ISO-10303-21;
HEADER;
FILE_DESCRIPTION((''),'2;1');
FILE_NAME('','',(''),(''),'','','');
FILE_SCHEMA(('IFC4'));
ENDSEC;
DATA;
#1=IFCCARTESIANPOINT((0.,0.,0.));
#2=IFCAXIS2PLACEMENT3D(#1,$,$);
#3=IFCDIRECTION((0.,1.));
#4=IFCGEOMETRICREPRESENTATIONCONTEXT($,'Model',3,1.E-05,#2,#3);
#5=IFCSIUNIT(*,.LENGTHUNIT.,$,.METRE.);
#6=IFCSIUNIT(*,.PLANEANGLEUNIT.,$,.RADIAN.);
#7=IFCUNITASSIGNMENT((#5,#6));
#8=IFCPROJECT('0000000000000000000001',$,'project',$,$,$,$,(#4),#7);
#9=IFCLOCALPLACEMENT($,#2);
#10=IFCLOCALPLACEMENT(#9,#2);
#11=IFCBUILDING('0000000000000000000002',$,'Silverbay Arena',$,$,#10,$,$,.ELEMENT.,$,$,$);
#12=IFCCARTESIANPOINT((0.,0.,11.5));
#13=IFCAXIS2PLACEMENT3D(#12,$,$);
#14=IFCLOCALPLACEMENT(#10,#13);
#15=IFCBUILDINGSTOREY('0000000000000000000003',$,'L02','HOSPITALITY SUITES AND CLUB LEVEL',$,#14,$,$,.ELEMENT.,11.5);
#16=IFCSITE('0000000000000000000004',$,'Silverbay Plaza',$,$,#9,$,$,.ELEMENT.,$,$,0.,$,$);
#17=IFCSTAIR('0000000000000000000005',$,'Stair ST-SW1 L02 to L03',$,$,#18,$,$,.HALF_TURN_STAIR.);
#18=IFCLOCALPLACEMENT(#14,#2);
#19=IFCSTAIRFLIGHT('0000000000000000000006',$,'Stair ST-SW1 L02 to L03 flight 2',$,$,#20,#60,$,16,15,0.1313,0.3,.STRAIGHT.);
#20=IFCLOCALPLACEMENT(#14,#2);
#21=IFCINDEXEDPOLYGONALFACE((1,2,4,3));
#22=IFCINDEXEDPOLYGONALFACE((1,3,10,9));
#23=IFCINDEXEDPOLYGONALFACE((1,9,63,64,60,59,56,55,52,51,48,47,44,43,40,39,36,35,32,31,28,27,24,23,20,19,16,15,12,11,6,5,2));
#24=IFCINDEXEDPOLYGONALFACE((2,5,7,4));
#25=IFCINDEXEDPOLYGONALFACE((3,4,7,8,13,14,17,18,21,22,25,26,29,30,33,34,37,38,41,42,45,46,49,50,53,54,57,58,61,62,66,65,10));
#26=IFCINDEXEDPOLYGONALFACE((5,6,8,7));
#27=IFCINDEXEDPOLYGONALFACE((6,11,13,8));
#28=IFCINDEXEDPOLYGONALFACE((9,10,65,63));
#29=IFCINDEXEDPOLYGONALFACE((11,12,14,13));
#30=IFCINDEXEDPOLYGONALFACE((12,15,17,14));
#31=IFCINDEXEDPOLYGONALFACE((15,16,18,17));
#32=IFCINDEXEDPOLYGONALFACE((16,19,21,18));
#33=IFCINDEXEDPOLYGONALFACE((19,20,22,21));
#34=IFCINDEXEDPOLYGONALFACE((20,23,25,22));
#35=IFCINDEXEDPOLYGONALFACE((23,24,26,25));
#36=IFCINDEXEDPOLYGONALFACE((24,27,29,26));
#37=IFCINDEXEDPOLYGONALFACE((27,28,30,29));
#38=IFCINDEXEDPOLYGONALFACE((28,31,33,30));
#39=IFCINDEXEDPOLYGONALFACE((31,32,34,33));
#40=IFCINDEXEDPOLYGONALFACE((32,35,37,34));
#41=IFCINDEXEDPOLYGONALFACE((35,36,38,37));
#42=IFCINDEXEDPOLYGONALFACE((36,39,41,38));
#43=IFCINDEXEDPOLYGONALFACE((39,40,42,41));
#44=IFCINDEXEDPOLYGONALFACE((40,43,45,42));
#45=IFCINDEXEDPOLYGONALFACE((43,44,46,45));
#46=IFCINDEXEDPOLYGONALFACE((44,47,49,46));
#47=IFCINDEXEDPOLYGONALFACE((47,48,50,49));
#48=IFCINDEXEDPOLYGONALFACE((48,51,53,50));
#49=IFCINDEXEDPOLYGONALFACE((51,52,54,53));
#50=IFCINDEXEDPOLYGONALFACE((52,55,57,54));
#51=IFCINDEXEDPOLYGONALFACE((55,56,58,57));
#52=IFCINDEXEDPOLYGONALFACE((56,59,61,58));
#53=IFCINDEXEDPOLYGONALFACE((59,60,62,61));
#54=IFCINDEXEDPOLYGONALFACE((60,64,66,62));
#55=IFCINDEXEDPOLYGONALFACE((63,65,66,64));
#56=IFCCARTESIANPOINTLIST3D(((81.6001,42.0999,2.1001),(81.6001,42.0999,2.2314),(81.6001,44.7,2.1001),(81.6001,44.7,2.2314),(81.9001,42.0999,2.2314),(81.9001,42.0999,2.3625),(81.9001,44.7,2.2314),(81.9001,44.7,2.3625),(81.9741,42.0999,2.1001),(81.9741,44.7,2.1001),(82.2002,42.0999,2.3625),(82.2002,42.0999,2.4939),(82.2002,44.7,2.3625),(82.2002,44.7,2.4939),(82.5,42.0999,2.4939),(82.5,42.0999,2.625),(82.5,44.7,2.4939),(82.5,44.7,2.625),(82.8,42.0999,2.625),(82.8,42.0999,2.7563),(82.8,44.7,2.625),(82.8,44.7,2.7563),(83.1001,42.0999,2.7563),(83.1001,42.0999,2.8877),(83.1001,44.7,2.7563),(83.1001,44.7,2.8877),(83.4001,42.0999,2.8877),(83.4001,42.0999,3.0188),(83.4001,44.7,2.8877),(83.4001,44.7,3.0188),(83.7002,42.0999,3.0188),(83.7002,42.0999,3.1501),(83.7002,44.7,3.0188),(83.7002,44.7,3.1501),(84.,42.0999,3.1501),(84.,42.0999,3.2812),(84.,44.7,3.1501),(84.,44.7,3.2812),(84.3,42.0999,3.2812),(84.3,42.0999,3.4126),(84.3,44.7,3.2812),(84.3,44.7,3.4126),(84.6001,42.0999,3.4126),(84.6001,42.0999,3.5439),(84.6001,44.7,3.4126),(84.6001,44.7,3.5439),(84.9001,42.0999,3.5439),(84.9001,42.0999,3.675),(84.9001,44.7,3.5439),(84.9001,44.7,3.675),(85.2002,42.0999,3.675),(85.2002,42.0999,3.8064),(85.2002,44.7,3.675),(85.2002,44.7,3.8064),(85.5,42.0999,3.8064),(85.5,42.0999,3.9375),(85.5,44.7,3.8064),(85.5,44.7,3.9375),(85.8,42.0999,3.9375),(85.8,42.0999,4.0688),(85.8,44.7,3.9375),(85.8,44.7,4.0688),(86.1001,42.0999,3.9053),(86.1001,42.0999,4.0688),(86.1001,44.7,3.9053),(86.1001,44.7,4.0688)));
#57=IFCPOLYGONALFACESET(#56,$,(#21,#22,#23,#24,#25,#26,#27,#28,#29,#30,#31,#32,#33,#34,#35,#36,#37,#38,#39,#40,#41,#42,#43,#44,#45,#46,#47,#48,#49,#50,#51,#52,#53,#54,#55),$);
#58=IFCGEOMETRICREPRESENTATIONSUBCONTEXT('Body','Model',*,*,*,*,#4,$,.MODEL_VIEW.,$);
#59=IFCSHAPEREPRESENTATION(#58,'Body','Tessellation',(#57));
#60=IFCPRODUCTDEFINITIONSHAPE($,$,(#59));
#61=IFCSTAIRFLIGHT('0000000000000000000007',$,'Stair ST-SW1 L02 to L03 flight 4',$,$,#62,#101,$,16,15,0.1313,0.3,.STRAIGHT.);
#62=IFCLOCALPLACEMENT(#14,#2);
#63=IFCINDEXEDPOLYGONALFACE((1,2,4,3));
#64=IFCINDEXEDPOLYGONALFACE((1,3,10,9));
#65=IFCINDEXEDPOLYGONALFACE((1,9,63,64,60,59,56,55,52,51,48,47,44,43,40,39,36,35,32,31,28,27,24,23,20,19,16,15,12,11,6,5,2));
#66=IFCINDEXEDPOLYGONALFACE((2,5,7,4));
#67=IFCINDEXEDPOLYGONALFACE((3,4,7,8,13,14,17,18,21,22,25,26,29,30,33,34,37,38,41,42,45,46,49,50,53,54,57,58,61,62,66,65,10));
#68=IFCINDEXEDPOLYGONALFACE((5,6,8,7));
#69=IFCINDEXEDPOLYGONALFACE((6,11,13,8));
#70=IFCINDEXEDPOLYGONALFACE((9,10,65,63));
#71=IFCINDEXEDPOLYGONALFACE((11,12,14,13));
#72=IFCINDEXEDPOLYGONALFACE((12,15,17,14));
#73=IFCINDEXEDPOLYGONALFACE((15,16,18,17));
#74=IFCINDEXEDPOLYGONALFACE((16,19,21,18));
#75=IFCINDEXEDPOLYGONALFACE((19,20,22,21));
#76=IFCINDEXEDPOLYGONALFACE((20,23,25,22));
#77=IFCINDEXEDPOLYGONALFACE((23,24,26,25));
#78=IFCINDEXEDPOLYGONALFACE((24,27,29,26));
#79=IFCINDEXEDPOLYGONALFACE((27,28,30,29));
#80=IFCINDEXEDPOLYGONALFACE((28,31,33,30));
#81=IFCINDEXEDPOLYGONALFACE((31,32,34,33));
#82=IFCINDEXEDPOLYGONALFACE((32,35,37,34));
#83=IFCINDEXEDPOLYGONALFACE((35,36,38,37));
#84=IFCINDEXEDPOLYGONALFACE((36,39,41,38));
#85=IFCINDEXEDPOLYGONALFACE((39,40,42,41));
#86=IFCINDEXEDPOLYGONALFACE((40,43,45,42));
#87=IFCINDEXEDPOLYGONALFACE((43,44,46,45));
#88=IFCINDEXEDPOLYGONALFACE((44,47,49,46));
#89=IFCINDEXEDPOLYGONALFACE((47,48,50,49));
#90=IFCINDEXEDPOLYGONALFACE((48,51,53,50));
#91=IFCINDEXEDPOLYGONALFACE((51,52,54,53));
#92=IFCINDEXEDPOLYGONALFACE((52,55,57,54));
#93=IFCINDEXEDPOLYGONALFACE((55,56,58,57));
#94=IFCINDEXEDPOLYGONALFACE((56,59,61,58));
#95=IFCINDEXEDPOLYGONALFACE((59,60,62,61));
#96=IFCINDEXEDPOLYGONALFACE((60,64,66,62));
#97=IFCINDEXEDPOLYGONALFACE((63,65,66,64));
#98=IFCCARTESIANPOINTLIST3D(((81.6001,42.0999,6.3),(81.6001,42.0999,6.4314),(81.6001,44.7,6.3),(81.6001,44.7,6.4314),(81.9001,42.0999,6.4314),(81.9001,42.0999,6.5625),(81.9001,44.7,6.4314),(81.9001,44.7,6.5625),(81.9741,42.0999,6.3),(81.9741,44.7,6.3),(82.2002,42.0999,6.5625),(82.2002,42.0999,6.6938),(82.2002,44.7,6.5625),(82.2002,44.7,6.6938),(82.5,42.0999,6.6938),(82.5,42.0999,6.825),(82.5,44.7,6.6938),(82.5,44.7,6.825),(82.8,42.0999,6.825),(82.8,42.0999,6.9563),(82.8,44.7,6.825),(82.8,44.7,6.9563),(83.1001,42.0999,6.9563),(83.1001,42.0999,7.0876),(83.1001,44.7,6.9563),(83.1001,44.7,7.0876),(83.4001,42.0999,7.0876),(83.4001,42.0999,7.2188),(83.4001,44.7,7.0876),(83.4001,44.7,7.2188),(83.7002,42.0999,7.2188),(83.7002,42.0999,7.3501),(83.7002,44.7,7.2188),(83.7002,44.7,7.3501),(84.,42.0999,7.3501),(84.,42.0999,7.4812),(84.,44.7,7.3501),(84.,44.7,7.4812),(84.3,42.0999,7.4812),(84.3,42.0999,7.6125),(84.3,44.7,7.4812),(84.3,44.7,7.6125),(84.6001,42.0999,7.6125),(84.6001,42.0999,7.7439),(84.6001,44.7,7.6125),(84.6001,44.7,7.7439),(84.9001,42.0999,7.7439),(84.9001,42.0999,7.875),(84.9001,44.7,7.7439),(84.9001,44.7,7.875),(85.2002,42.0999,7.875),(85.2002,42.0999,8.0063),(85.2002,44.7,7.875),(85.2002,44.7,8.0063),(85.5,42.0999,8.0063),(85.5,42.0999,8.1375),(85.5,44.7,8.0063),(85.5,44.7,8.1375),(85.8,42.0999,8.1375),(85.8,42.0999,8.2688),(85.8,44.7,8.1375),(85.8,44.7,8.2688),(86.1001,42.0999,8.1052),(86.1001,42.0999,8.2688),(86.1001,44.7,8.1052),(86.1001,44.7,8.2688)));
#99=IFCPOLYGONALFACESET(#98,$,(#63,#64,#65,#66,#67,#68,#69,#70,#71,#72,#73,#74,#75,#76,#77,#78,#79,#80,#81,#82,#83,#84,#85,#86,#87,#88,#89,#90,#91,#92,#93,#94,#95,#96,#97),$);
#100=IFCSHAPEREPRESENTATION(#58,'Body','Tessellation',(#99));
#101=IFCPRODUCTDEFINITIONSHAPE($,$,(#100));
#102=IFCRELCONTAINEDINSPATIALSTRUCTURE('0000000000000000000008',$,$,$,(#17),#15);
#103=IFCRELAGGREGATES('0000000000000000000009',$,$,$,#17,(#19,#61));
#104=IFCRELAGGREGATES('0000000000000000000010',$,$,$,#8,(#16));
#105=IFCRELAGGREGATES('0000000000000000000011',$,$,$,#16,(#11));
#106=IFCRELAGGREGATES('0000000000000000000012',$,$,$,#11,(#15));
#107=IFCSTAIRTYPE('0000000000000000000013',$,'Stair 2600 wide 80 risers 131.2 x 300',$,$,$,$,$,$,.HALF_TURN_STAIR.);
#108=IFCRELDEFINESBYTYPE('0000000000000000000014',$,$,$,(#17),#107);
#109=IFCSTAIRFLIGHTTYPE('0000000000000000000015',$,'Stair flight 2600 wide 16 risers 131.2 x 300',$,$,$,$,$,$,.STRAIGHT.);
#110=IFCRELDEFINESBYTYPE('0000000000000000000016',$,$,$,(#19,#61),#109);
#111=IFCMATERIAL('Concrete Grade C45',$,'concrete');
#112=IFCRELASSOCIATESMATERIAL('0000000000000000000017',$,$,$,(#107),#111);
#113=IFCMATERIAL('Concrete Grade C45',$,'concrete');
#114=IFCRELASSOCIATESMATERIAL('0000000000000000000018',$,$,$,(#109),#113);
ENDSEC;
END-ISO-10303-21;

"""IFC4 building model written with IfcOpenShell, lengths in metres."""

from ifc_helpers import new_model, si_unit, direction, frame, origin, place, context, subcontext, project, spatial, polyline, outline, extrude, material, type_object, element, aggregate, save


model = new_model("IFC4")

# Units and contexts
model_context = context("Model", 3, precision=1e-05, world=origin(), true_north=direction((0.0, 1.0)))
body_context = subcontext(model_context, "Body", "Model", "MODEL_VIEW")
ifc_project = project(units=[si_unit("LENGTHUNIT", "METRE"), si_unit("PLANEANGLEUNIT", "RADIAN")], contexts=[model_context])

# Site, building, storey
site_placement = place(None, origin())
site = spatial("IfcSite", under=ifc_project, at=site_placement, Name="Silverbay Plaza", CompositionType="ELEMENT", RefElevation=0.0)
building_placement = place(site_placement, origin())
building = spatial("IfcBuilding", under=site, at=building_placement, Name="Silverbay Arena", CompositionType="ELEMENT")
storey_placement = place(building_placement, frame((0.0, 0.0, 11.5)))
storey = spatial("IfcBuildingStorey", under=building, at=storey_placement, Name="L02", Description="HOSPITALITY SUITES AND CLUB LEVEL", CompositionType="ELEMENT", Elevation=11.5)

# Stair, stair flights
ifc_material_1 = material(Name="Concrete Grade C45", Category="concrete")
stair_type = type_object("IfcStairType", Name="Stair 2600 wide 80 risers 131.2 x 300", PredefinedType="HALF_TURN_STAIR", material=ifc_material_1)
stair_placement = place(storey_placement, origin())
stair = element("IfcStair", 1, at=stair_placement, inside=storey, type_object=stair_type, Name="Stair ST-SW1 L02 to L03", PredefinedType="HALF_TURN_STAIR")
ifc_material_2 = material(Name="Concrete Grade C45", Category="concrete")
stair_flight_type = type_object("IfcStairFlightType", Name="Stair flight 2600 wide 16 risers 131.2 x 300", PredefinedType="STRAIGHT", material=ifc_material_2)
stair_flight_1_placement = place(storey_placement, frame((81.6001, 43.3999, 2.1001), z_axis=(0.0, 0.0, 1.0), x_axis=(1.0, 0.0, 0.0)))
stair_flight_1 = element("IfcStairFlight", 2, at=stair_flight_1_placement, type_object=stair_flight_type, Name="Stair ST-SW1 L02 to L03 flight 2", NumberOfRisers=16, NumberOfTreads=15, PredefinedType="STRAIGHT", RiserHeight=0.1313, TreadLength=0.3, context=body_context, shape_type="SweptSolid", body=[
    extrude(outline(polyline([(0.0, 0.0), (0.0, 0.1313), (0.3, 0.1313), (0.3, 0.2625), (0.6001, 0.2625), (0.6001, 0.3938), (0.8999, 0.3938), (0.8999, 0.5249), (1.2, 0.5249), (1.2, 0.6562), (1.5, 0.6562), (1.5, 0.7876), (1.8, 0.7876), (1.8, 0.9187), (2.1001, 0.9187), (2.1001, 1.05), (2.3999, 1.05), (2.3999, 1.1812), (2.7, 1.1812), (2.7, 1.3125), (3.0, 1.3125), (3.0, 1.4438), (3.3, 1.4438), (3.3, 1.575), (3.6001, 1.575), (3.6001, 1.7063), (3.8999, 1.7063), (3.8999, 1.8374), (4.2, 1.8374), (4.2, 1.9688), (4.5, 1.9688), (4.5, 1.8052), (0.374, 0.0), (0.0, 0.0)])), frame((0.0, 1.3, 0.0), z_axis=(0.0, -1.0, 0.0), x_axis=(1.0, 0.0, 0.0)), (0.0, 0.0, 1.0), 2.6001),
])
stair_flight_2_placement = place(storey_placement, frame((81.6001, 43.3999, 6.3), z_axis=(0.0, 0.0, 1.0), x_axis=(1.0, 0.0, 0.0)))
stair_flight_2 = element("IfcStairFlight", 3, at=stair_flight_2_placement, type_object=stair_flight_type, Name="Stair ST-SW1 L02 to L03 flight 4", NumberOfRisers=16, NumberOfTreads=15, PredefinedType="STRAIGHT", RiserHeight=0.1313, TreadLength=0.3, context=body_context, shape_type="SweptSolid", body=[
    extrude(outline(polyline([(0.0, 0.0), (0.0, 0.1313), (0.3, 0.1313), (0.3, 0.2625), (0.6001, 0.2625), (0.6001, 0.3938), (0.8999, 0.3938), (0.8999, 0.5249), (1.2, 0.5249), (1.2, 0.6562), (1.5, 0.6562), (1.5, 0.7876), (1.8, 0.7876), (1.8, 0.9187), (2.1001, 0.9187), (2.1001, 1.05), (2.3999, 1.05), (2.3999, 1.1812), (2.7, 1.1812), (2.7, 1.3125), (3.0, 1.3125), (3.0, 1.4438), (3.3, 1.4438), (3.3, 1.575), (3.6001, 1.575), (3.6001, 1.7063), (3.8999, 1.7063), (3.8999, 1.8374), (4.2, 1.8374), (4.2, 1.9688), (4.5, 1.9688), (4.5, 1.8052), (0.374, 0.0), (0.0, 0.0)])), frame((0.0, 1.3, 0.0), z_axis=(0.0, -1.0, 0.0), x_axis=(1.0, 0.0, 0.0)), (0.0, 0.0, 1.0), 2.6001),
])
aggregate(stair, [stair_flight_1, stair_flight_2])

save(model, "model.ifc")
